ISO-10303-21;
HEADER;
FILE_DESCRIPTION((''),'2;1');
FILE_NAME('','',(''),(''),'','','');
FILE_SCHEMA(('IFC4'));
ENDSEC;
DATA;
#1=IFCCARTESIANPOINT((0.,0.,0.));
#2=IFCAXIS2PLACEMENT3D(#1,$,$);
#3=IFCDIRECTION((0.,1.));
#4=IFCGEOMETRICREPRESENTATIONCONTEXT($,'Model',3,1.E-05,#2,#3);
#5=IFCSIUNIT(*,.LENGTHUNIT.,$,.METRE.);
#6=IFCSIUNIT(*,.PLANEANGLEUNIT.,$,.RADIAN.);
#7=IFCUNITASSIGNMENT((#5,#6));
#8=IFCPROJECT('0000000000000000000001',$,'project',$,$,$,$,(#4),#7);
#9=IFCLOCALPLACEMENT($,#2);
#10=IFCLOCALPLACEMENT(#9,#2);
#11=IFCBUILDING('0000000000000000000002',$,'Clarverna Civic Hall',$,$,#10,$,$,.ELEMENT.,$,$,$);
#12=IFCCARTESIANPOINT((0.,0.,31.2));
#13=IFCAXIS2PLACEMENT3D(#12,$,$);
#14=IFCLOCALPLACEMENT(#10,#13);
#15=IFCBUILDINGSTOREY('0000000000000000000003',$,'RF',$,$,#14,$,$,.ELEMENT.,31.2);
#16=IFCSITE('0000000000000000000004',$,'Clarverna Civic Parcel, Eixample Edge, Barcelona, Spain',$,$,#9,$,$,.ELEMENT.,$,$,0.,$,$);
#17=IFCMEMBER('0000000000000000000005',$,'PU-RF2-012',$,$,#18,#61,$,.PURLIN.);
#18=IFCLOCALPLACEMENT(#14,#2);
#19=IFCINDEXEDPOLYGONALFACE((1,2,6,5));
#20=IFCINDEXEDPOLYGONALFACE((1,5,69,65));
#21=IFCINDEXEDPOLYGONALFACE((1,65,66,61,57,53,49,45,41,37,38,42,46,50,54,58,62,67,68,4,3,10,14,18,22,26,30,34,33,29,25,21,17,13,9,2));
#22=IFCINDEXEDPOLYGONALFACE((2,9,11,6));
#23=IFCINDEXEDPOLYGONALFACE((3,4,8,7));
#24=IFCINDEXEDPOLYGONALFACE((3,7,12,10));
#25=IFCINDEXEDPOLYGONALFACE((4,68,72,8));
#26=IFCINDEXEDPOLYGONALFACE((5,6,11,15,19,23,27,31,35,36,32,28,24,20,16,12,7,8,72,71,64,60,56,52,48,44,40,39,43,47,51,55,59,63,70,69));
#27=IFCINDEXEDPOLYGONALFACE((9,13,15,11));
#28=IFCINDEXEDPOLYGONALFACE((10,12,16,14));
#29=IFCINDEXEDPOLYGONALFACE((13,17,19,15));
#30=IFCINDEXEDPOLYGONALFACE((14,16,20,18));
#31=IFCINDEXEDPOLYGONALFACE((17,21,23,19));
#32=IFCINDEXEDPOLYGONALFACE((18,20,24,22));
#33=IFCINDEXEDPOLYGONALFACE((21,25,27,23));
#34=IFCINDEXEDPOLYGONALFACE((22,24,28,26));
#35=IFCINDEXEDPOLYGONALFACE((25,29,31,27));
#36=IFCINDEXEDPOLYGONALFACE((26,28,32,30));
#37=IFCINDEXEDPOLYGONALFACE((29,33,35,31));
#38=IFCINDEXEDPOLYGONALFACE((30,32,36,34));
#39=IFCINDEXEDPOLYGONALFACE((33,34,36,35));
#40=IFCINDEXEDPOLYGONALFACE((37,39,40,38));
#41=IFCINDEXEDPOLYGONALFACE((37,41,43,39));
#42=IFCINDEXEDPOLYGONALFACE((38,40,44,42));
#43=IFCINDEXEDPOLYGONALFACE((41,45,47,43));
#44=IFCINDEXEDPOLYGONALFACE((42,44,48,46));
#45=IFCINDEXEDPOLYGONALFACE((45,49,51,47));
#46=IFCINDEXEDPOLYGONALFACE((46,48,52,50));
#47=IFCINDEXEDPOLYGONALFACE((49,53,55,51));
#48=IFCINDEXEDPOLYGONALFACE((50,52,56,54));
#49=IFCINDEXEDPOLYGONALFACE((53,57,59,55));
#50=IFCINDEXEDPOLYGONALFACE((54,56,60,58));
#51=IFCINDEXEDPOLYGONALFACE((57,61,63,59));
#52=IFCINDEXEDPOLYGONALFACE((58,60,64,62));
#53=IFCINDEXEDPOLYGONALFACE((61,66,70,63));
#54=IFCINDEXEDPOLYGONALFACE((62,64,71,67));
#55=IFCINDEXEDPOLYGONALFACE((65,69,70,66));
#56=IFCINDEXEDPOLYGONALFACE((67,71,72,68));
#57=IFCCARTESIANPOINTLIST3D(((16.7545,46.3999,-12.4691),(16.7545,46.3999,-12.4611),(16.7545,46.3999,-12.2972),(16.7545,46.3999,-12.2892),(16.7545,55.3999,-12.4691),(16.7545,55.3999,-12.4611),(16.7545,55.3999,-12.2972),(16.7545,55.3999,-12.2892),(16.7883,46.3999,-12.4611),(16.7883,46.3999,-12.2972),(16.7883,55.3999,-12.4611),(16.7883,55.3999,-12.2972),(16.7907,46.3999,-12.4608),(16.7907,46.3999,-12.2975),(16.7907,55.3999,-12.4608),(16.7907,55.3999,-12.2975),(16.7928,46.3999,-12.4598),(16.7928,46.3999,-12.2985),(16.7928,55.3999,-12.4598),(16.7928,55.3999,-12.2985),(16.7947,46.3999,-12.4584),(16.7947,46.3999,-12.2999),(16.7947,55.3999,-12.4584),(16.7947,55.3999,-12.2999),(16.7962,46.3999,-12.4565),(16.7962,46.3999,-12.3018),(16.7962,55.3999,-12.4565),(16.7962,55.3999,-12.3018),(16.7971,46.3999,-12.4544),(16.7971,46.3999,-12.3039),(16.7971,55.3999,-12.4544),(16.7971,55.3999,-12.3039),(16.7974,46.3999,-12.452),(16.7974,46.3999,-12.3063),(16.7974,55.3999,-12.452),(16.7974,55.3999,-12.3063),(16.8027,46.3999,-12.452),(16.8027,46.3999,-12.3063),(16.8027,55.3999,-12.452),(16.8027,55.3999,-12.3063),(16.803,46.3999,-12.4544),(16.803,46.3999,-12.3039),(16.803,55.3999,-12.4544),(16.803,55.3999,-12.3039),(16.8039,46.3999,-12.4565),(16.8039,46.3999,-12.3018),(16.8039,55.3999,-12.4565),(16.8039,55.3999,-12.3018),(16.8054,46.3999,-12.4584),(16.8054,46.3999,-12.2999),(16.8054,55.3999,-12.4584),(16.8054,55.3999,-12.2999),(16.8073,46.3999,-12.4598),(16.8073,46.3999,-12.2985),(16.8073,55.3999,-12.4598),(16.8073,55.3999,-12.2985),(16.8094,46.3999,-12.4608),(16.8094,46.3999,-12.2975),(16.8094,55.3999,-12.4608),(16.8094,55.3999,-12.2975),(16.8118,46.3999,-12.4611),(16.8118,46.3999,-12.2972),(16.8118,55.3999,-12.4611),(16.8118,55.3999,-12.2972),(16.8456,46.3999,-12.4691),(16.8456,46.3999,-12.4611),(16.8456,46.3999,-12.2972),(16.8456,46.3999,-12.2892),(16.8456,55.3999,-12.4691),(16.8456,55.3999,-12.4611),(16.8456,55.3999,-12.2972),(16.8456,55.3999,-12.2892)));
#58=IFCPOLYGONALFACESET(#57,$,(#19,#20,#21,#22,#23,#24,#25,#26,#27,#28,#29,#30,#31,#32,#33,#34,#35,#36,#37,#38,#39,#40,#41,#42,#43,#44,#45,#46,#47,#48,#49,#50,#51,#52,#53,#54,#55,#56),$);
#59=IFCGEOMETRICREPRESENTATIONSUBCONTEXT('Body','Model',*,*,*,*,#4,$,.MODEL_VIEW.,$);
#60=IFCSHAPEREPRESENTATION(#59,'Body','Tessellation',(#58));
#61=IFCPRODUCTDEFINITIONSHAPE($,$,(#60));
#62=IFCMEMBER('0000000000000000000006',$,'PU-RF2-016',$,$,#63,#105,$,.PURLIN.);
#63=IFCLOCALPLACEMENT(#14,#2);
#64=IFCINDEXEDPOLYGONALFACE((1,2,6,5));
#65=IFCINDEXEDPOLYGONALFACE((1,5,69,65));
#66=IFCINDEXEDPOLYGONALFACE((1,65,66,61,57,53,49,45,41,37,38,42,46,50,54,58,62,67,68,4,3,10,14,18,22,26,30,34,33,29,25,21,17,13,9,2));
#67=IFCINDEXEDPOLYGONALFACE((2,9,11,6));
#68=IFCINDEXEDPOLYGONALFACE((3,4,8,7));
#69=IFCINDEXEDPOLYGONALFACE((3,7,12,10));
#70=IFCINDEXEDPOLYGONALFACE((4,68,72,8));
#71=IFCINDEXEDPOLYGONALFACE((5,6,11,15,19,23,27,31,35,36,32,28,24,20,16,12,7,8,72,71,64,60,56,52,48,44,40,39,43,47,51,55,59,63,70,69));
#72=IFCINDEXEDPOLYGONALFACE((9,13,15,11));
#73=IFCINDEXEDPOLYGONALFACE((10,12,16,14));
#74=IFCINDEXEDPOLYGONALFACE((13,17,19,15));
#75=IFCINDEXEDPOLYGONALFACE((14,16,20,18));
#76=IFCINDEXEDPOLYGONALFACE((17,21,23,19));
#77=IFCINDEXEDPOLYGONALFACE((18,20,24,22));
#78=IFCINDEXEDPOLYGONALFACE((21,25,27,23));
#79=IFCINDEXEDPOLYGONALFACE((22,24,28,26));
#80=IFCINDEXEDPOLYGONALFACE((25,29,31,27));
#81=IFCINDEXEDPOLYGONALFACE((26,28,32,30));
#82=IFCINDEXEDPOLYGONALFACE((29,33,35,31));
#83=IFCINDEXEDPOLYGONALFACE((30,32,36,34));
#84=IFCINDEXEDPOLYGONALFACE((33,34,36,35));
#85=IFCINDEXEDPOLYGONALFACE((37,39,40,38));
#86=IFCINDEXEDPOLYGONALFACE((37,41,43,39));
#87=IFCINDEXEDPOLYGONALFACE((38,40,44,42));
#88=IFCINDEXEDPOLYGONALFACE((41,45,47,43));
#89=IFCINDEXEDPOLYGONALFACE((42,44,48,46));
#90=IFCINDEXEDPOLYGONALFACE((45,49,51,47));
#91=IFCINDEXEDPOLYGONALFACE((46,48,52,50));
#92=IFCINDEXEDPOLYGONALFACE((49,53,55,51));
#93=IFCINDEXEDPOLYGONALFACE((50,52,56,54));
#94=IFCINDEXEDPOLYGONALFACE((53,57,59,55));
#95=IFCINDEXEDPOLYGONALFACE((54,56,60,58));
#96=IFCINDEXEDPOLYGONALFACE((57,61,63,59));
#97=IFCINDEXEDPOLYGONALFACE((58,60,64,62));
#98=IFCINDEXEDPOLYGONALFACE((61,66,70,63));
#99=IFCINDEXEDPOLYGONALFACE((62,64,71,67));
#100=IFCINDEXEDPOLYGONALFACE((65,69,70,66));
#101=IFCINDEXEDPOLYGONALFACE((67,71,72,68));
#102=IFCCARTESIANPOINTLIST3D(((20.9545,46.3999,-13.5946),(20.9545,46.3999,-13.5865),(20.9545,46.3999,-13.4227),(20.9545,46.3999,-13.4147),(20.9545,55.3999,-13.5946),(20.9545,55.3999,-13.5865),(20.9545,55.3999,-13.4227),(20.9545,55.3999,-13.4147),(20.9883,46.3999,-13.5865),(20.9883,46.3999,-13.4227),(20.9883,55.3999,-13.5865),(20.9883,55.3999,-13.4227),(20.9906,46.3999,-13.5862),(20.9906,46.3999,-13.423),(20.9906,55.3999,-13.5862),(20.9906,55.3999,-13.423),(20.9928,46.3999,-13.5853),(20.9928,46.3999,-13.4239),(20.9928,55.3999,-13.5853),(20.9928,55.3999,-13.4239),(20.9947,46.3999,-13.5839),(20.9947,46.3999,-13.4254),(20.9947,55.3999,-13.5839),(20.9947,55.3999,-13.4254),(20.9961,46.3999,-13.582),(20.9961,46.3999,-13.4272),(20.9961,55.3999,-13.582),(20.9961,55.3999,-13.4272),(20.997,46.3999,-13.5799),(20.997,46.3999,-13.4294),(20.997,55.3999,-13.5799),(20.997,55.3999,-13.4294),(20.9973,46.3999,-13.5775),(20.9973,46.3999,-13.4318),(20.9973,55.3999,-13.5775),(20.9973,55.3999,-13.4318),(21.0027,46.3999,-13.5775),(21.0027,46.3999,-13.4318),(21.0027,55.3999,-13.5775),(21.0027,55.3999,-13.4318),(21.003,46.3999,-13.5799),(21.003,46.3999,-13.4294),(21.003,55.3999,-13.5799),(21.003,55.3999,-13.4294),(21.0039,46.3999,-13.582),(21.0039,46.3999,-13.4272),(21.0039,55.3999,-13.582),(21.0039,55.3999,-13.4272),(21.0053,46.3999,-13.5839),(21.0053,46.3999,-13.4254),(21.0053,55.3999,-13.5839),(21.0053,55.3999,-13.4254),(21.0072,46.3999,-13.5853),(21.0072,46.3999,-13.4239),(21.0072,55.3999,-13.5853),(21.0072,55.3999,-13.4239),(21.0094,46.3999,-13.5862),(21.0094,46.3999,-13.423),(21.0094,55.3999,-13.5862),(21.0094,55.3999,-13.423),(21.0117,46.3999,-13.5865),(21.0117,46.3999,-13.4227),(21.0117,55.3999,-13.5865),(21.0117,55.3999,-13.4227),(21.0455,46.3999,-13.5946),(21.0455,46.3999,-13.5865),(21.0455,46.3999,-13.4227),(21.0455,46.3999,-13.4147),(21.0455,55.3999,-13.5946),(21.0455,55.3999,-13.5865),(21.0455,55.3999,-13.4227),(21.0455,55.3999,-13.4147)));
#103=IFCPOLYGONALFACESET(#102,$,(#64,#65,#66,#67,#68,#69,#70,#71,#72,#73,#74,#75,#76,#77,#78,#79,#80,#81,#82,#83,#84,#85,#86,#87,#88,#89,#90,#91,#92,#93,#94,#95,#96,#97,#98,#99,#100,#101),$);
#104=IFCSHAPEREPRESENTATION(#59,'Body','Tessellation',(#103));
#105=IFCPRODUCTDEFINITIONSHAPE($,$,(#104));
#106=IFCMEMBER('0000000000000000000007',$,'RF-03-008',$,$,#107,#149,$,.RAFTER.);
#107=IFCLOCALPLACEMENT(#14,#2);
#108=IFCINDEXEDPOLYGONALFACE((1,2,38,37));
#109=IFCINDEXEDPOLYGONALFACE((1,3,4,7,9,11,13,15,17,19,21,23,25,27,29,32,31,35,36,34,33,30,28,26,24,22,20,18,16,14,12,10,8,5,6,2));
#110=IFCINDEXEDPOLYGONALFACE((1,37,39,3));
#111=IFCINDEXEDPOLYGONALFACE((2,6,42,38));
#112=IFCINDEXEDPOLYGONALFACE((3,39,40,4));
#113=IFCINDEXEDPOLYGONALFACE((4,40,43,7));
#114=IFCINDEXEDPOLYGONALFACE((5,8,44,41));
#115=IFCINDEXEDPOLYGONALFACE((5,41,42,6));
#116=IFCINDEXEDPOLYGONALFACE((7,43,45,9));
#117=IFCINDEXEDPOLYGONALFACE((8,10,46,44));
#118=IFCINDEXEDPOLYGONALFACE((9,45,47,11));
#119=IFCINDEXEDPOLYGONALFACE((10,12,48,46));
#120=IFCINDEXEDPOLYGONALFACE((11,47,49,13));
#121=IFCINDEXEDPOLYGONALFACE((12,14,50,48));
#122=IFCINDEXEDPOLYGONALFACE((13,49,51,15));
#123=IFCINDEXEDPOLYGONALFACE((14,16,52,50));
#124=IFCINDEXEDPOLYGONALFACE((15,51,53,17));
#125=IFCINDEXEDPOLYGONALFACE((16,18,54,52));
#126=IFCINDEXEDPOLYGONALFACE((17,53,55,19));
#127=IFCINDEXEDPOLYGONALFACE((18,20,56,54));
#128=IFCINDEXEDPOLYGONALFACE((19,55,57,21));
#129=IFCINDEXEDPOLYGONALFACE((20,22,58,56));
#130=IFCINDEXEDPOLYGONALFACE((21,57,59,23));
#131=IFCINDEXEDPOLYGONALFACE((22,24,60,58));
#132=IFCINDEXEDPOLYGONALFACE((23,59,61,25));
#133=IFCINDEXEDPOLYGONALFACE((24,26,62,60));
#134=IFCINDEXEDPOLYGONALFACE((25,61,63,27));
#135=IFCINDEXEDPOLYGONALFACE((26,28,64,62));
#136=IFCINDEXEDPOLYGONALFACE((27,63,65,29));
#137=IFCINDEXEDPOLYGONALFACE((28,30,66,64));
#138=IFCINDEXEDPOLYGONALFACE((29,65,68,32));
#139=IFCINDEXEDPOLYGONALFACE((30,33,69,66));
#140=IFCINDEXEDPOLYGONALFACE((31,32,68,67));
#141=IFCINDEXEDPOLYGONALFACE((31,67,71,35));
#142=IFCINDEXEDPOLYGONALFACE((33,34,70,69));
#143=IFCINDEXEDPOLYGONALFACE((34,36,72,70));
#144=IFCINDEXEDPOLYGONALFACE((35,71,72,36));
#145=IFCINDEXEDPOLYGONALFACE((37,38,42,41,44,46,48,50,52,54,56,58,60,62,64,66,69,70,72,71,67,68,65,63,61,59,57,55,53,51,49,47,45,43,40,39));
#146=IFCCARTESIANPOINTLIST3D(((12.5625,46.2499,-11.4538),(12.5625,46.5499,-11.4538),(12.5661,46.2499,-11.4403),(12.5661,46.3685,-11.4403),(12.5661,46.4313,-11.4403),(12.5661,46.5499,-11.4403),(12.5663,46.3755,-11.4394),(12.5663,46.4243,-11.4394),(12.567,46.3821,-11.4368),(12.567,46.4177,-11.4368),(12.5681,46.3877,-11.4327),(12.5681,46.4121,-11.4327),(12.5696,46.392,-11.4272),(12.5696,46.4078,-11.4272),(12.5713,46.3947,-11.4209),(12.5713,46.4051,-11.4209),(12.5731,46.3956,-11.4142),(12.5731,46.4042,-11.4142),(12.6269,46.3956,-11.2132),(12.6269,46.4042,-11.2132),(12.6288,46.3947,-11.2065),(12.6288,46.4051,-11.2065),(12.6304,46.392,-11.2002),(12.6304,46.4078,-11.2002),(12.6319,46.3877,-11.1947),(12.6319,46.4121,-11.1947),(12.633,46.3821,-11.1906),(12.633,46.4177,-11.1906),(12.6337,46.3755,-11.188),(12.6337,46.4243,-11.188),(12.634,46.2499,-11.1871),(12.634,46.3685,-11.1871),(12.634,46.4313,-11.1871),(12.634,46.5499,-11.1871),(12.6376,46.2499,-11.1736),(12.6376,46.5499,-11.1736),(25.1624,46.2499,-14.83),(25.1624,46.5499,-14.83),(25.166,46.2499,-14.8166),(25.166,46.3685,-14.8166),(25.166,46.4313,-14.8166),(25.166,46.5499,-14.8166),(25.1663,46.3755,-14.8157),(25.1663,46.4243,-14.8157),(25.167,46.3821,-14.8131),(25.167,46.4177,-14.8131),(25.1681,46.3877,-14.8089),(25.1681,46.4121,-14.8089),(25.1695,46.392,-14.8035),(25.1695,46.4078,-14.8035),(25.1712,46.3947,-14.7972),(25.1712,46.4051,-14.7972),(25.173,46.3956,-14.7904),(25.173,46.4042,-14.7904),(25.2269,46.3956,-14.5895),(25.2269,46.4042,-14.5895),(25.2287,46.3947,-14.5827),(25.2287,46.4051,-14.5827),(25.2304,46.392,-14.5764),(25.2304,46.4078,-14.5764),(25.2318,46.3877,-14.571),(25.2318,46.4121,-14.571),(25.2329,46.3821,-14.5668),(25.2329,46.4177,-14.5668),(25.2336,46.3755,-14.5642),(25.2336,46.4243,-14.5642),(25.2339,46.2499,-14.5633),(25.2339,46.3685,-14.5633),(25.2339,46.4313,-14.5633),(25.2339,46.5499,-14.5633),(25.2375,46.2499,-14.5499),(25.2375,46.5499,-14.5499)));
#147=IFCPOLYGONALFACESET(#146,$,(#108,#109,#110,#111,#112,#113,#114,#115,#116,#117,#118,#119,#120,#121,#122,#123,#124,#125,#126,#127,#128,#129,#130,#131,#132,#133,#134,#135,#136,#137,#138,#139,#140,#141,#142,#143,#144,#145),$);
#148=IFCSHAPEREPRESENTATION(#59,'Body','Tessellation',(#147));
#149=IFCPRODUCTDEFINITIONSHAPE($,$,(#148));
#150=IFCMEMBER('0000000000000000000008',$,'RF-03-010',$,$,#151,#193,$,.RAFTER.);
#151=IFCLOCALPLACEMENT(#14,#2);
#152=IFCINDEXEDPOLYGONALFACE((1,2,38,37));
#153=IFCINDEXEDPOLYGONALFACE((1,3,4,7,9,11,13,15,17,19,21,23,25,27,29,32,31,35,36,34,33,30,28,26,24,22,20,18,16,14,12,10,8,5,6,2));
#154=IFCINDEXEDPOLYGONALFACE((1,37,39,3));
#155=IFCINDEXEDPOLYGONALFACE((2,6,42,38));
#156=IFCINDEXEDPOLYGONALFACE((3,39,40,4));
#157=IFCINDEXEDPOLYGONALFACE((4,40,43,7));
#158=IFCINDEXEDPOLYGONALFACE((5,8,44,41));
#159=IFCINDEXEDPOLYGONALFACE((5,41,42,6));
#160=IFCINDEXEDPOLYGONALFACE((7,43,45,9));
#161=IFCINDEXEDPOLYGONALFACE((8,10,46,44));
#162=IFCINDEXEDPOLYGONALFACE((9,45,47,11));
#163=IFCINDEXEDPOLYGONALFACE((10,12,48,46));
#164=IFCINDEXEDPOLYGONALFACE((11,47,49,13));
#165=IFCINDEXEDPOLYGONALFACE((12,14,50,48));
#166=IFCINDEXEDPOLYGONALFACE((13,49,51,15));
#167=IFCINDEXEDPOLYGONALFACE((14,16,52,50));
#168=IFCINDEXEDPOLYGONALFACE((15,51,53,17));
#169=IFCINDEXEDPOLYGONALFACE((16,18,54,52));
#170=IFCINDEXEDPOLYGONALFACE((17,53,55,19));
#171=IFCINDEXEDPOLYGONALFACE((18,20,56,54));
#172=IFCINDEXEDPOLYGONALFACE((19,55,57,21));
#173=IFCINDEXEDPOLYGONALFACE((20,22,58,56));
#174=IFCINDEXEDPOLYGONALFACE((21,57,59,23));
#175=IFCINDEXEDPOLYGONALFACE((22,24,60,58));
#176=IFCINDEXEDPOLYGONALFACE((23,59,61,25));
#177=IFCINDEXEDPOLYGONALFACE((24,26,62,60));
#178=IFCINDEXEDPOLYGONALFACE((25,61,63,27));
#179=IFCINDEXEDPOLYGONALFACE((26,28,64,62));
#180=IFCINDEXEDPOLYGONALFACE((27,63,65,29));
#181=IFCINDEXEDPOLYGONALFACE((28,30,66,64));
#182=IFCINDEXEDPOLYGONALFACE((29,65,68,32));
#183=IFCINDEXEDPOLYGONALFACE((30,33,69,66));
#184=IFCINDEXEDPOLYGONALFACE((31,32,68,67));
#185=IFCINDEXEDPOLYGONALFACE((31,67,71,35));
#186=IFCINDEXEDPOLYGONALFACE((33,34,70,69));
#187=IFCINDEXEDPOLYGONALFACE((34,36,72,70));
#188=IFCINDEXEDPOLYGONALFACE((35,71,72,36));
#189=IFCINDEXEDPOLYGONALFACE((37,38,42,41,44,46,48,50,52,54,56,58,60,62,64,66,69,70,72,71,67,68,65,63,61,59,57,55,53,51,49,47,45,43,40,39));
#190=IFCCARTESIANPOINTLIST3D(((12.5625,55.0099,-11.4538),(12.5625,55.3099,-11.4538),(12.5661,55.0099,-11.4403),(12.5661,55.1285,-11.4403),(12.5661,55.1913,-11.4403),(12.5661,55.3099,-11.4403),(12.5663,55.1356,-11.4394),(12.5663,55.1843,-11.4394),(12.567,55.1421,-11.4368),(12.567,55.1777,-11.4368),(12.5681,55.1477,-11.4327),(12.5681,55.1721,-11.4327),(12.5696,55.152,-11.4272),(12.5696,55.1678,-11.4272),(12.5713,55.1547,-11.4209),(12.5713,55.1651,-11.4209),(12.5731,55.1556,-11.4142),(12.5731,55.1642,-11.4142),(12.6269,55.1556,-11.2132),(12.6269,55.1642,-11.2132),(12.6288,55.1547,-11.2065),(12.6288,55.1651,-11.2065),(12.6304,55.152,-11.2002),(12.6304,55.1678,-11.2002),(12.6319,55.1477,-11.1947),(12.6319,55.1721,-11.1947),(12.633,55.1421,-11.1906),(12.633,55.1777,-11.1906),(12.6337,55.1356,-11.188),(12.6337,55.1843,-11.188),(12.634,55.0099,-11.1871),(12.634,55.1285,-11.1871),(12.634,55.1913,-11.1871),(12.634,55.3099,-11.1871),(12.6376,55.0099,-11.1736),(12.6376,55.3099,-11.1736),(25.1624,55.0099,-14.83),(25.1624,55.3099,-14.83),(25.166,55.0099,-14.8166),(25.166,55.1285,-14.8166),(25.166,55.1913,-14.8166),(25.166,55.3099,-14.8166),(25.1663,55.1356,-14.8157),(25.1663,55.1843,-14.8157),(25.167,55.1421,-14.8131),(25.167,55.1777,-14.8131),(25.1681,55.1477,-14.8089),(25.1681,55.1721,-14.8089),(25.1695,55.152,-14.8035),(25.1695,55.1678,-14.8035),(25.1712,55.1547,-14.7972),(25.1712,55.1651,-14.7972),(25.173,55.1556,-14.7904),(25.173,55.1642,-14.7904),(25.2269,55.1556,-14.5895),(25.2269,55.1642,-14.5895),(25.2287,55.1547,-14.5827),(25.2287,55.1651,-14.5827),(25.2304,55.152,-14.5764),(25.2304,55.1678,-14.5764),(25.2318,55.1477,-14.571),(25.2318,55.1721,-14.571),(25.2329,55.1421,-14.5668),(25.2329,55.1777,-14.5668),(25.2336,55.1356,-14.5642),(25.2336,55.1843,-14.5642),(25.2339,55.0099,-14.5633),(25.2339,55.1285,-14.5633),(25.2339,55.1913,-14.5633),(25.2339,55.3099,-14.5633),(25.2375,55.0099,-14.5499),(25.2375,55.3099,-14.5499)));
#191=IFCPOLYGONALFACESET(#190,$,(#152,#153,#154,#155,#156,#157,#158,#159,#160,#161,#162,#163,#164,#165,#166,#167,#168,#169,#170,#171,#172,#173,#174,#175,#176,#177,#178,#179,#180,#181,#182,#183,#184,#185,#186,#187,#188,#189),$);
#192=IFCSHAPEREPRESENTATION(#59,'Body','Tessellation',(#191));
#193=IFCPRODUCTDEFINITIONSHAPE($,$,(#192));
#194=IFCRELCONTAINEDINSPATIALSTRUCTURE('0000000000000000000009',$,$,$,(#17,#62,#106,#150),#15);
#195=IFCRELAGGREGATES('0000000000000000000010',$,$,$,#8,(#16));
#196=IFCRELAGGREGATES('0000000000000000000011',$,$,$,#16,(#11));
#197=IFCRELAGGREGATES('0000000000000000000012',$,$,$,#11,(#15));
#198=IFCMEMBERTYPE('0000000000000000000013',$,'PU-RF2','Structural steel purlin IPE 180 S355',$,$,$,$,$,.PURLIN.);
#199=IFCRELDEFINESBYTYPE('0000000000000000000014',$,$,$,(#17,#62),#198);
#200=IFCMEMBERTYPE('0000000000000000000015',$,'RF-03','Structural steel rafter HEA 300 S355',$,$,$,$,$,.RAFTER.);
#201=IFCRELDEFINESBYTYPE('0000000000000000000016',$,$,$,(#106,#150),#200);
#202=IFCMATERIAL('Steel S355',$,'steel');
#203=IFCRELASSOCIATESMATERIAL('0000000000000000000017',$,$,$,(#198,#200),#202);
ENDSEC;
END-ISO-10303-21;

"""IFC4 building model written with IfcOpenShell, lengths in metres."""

from ifc_helpers import new_model, si_unit, direction, frame, origin, origin_2d, place, context, subcontext, project, spatial, i_section, extrude, material, material_profile, profile_set, type_object, element, save


model = new_model("IFC4")

# Units and contexts
model_context = context("Model", 3, precision=1e-05, world=origin(), true_north=direction((0.0, 1.0)))
body_context = subcontext(model_context, "Body", "Model", "MODEL_VIEW")
ifc_project = project(units=[si_unit("LENGTHUNIT", "METRE"), si_unit("PLANEANGLEUNIT", "RADIAN")], contexts=[model_context])

# Site, building, storey
site_placement = place(None, origin())
site = spatial("IfcSite", under=ifc_project, at=site_placement, Name="Clarverna Civic Parcel, Eixample Edge, Barcelona, Spain", CompositionType="ELEMENT", RefElevation=0.0)
building_placement = place(site_placement, origin())
building = spatial("IfcBuilding", under=site, at=building_placement, Name="Clarverna Civic Hall", CompositionType="ELEMENT")
storey_placement = place(building_placement, frame((0.0, 0.0, 31.2)))
storey = spatial("IfcBuildingStorey", under=building, at=storey_placement, Name="RF", CompositionType="ELEMENT", Elevation=31.2)

# Members
ifc_material_1 = material(Name="Steel S355", Category="steel")
ifc_material_profile_1 = material_profile(ifc_material_1, i_section(OverallWidth=0.0911, OverallDepth=0.1799, WebThickness=0.0054, FlangeThickness=0.0081, FilletRadius=0.009, at=origin_2d()), Name="IPE 180")
ifc_profile_set_1 = profile_set([ifc_material_profile_1], Name="Steel S355")
member_type_1 = type_object("IfcMemberType", Name="PU-RF2", Description="Structural steel purlin IPE 180 S355", PredefinedType="PURLIN", material=ifc_profile_set_1)
for number, where, z_axis, x_axis, name in (
    (1, (16.8, 46.3999, -12.3792), (0.0, 1.0, 0.0), (-1.0, 0.0, 0.0), "PU-RF2-012"),
    (2, (21.0, 46.3999, -13.5046), (0.0, 1.0, 0.0), (-1.0, 0.0, 0.0), "PU-RF2-016"),
):
    element("IfcMember", number, at=place(storey_placement, frame(where, z_axis=z_axis, x_axis=x_axis)), inside=storey, type_object=member_type_1, Name=name, PredefinedType="PURLIN", context=body_context, shape_type="SweptSolid", body=[
        extrude(i_section(OverallWidth=0.0911, OverallDepth=0.1799, WebThickness=0.0054, FlangeThickness=0.0081, FilletRadius=0.009, at=origin_2d()), origin(), (0.0, 0.0, 1.0), 9.0),
    ])
ifc_material_profile_2 = material_profile(ifc_material_1, i_section(OverallWidth=0.3, OverallDepth=0.29, WebThickness=0.0085, FlangeThickness=0.0139, FilletRadius=0.0271, at=origin_2d()), Name="HEA 300")
ifc_profile_set_2 = profile_set([ifc_material_profile_2], Name="Steel S355")
member_type_2 = type_object("IfcMemberType", Name="RF-03", Description="Structural steel rafter HEA 300 S355", PredefinedType="RAFTER", material=ifc_profile_set_2)
for number, where, z_axis, x_axis, name in (
    (3, (25.2, 46.3999, -14.6899), (-0.965924, 0.0, 0.258826), (0.0, -1.0, 0.0), "RF-03-008"),
    (4, (25.2, 55.1599, -14.6899), (-0.965924, 0.0, 0.258826), (0.0, -1.0, 0.0), "RF-03-010"),
):
    element("IfcMember", number, at=place(storey_placement, frame(where, z_axis=z_axis, x_axis=x_axis)), inside=storey, type_object=member_type_2, Name=name, PredefinedType="RAFTER", context=body_context, shape_type="SweptSolid", body=[
        extrude(i_section(OverallWidth=0.3, OverallDepth=0.29, WebThickness=0.0085, FlangeThickness=0.0139, FilletRadius=0.0271, at=origin_2d()), origin(), (0.0, 0.0, 1.0), 13.0444),
    ])

save(model, "model.ifc")
